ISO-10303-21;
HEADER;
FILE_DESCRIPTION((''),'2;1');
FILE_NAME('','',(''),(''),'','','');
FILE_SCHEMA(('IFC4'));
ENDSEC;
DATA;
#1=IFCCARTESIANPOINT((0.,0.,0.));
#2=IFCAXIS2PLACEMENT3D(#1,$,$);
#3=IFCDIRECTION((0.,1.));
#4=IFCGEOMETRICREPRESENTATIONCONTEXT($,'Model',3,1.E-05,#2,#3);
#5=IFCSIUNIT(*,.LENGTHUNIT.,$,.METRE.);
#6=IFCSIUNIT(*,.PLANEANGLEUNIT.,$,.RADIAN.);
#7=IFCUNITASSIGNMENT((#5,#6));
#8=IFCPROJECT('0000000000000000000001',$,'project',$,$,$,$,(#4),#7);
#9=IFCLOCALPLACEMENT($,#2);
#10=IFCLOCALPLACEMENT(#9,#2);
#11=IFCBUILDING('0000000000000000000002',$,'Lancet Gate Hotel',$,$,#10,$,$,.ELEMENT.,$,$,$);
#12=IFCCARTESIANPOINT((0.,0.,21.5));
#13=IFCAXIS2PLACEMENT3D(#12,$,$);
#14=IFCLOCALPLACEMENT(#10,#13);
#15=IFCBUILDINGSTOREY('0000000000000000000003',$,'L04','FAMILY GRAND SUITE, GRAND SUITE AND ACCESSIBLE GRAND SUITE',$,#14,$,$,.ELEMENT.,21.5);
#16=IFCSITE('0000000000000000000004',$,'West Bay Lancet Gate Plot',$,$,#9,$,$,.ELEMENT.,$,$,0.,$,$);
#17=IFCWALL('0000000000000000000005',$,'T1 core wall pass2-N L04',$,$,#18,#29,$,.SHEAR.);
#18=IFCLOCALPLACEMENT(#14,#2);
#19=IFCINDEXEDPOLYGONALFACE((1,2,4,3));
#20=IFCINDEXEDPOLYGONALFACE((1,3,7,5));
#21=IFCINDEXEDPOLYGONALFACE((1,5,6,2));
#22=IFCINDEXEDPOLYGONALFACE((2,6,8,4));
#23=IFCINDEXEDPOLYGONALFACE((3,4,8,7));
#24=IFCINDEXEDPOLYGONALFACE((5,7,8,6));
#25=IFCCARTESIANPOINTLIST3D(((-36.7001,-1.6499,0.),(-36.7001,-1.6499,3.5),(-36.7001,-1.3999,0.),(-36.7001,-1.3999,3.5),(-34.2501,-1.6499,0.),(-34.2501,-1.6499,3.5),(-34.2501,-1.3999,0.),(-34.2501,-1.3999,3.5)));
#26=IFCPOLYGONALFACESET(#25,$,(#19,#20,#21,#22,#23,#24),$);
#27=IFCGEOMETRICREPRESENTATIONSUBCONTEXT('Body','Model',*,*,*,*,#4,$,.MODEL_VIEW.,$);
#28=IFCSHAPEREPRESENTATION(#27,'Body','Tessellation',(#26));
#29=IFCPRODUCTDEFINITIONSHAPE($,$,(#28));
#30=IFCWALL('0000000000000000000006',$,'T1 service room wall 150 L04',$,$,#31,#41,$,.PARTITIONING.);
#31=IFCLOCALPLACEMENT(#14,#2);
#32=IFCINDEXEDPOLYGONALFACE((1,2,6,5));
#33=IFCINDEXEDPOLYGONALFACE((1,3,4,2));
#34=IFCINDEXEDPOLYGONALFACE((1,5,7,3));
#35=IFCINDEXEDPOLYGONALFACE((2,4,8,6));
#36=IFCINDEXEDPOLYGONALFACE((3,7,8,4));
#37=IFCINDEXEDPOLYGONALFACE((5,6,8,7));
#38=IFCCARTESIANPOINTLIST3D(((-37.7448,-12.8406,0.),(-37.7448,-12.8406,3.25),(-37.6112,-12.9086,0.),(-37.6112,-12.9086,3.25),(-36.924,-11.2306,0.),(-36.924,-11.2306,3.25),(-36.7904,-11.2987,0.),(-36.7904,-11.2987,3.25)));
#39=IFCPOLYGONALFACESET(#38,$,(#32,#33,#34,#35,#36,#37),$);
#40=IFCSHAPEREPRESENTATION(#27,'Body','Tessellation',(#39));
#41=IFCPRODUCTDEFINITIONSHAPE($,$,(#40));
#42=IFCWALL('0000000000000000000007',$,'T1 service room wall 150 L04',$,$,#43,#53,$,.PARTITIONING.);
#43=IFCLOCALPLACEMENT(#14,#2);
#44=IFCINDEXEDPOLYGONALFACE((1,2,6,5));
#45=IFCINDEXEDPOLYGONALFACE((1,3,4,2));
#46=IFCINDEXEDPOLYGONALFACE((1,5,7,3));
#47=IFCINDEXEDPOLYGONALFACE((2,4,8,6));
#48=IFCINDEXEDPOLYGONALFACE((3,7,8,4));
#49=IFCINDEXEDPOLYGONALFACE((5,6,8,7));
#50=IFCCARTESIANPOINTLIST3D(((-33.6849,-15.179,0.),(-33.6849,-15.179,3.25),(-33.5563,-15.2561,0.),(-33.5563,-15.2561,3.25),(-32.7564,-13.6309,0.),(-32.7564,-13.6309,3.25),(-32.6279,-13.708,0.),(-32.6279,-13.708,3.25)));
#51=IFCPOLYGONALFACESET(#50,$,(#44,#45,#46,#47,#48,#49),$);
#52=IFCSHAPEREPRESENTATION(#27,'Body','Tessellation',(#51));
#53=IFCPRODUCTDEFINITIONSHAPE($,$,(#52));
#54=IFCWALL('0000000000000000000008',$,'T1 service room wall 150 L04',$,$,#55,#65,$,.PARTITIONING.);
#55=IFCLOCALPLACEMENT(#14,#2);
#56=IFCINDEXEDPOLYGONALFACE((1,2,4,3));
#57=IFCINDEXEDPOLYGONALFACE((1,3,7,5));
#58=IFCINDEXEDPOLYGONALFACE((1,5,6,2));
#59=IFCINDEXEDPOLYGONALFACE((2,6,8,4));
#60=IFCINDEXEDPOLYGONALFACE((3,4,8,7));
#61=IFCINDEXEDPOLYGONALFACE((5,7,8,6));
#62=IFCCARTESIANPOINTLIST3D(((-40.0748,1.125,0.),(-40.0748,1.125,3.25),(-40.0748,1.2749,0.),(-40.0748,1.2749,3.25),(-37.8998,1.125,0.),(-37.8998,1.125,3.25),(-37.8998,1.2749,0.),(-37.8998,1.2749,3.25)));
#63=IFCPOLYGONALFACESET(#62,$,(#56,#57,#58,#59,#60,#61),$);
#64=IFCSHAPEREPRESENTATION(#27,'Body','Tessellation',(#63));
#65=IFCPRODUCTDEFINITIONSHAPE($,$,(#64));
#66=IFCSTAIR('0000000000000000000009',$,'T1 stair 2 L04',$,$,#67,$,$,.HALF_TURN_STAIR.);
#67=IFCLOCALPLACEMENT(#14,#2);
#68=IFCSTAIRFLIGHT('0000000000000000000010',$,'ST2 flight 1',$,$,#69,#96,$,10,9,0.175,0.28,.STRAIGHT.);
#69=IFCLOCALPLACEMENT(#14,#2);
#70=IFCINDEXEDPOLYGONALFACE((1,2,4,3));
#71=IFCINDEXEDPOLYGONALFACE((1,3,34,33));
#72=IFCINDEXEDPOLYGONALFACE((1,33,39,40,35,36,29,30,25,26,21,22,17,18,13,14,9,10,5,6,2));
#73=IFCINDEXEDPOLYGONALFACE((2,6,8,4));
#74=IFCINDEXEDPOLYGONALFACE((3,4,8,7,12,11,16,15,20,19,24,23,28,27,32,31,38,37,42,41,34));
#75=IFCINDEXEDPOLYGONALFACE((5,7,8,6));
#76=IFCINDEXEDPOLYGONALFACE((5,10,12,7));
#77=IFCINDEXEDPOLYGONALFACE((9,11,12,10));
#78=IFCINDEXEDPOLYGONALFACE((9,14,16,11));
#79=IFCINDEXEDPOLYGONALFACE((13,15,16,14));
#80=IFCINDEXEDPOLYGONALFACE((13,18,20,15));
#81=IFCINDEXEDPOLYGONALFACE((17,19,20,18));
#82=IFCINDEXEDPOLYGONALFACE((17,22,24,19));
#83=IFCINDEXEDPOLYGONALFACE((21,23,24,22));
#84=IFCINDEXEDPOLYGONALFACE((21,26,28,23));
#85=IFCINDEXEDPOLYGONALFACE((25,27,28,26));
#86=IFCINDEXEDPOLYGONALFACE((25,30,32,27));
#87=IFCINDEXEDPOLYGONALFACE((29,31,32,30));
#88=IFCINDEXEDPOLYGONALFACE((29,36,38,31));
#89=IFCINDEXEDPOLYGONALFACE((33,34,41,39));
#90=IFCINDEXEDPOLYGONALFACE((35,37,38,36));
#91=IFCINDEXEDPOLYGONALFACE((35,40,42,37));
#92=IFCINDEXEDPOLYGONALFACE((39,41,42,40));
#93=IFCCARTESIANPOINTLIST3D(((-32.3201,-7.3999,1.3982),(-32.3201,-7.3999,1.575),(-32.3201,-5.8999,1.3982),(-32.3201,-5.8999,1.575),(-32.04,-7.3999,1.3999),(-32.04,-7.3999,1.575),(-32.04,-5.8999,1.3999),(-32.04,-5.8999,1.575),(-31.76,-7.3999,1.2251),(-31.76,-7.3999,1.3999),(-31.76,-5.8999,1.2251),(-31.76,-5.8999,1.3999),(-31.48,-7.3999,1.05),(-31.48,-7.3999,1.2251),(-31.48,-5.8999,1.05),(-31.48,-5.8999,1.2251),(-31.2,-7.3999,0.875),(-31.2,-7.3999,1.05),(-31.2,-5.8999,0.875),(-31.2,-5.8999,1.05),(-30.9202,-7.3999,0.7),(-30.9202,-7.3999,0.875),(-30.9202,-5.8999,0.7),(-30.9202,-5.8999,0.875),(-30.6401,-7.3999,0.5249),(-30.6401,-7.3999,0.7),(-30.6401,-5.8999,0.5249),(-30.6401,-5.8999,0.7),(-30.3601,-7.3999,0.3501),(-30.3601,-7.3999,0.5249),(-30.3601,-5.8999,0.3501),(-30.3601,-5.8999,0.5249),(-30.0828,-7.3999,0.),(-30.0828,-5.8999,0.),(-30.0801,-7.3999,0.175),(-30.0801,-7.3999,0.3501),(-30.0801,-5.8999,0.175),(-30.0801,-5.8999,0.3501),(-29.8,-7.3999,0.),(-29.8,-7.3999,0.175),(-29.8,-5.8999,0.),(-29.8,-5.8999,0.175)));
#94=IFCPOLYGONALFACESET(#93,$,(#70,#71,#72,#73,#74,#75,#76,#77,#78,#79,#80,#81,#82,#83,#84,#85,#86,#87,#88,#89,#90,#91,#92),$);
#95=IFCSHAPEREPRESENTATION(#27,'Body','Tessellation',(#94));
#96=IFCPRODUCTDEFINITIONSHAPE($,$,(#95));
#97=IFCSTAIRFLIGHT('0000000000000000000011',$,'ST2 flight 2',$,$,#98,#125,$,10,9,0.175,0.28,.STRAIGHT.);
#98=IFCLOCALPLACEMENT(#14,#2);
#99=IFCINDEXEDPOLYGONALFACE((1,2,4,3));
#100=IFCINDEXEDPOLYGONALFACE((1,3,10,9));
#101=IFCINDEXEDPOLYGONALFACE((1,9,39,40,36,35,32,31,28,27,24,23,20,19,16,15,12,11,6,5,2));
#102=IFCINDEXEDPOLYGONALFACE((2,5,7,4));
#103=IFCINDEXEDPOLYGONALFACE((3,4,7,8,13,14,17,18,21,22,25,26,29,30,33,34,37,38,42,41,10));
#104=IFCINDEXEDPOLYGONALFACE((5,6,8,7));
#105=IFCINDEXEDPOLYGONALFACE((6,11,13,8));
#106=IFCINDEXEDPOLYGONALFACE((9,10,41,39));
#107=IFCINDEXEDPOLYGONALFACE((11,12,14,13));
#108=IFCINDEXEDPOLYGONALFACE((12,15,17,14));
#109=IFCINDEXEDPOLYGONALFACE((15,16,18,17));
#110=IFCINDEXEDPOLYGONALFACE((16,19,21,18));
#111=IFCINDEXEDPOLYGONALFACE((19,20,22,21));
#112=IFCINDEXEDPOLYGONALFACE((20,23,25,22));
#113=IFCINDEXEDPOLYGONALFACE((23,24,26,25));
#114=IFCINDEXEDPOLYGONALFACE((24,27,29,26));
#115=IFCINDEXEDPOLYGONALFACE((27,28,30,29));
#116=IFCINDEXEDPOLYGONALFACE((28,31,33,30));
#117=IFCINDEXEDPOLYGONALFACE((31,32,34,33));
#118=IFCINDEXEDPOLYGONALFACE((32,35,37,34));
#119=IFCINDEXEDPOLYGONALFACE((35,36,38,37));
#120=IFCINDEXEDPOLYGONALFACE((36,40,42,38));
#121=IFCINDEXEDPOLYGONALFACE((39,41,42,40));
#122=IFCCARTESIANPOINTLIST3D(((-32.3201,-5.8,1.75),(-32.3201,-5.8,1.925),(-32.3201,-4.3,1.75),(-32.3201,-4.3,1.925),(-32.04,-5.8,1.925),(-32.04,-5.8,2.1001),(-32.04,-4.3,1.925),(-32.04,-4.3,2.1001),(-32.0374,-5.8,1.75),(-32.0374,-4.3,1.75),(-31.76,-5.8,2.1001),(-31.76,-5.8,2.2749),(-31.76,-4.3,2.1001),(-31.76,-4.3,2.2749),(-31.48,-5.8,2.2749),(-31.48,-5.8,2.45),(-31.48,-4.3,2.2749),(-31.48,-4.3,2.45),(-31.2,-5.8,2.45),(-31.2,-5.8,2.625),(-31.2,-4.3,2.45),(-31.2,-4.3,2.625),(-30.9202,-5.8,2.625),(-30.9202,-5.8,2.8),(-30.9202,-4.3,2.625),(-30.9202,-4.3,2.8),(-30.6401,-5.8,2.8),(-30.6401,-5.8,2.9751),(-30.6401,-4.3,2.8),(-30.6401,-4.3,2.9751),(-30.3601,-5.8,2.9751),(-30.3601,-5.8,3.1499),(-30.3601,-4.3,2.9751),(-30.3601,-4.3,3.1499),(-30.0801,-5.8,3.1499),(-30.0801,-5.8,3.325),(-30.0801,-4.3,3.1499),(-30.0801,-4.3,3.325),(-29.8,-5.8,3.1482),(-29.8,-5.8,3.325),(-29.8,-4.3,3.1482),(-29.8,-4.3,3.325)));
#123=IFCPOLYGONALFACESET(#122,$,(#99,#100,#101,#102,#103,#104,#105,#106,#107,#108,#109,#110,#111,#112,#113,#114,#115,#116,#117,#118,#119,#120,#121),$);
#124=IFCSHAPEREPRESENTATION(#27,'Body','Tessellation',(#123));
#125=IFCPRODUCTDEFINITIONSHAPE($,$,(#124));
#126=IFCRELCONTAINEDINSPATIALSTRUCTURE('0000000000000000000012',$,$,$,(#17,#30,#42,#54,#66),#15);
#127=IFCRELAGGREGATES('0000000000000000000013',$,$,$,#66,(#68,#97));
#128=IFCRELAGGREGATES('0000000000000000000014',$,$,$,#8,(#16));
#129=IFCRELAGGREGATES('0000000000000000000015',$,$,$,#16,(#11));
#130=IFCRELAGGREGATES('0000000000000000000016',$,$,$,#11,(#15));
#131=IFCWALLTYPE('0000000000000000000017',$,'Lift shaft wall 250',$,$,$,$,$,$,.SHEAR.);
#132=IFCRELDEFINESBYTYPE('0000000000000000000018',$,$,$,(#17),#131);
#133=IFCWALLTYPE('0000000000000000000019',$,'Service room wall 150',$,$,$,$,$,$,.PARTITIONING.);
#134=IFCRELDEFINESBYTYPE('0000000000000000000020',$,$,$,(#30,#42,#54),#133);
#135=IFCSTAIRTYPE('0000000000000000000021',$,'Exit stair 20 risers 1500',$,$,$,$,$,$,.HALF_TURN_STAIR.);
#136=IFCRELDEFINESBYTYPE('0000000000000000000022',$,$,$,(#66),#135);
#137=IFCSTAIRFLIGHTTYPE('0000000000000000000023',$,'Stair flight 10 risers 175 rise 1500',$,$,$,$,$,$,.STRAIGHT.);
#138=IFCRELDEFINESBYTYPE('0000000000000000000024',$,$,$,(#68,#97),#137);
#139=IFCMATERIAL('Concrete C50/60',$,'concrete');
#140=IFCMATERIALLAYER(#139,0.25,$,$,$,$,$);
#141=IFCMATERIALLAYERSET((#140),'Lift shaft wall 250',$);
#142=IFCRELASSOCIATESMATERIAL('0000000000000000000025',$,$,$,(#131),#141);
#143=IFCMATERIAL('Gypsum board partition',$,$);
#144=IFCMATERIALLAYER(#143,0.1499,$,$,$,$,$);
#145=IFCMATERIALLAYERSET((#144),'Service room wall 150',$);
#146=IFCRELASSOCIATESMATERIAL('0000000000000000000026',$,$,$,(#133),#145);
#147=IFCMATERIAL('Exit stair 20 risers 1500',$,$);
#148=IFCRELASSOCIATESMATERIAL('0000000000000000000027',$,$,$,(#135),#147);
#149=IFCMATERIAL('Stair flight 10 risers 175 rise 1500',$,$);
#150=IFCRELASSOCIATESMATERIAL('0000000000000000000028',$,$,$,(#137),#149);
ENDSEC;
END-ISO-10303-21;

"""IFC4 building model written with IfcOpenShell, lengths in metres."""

from ifc_helpers import new_model, si_unit, direction, frame, frame_2d, origin, place, context, subcontext, project, spatial, polyline, rectangle, outline, extrude, material, layer, layer_set, type_object, element, aggregate, save


model = new_model("IFC4")

# Units and contexts
model_context = context("Model", 3, precision=1e-05, world=origin(), true_north=direction((0.0, 1.0)))
body_context = subcontext(model_context, "Body", "Model", "MODEL_VIEW")
ifc_project = project(units=[si_unit("LENGTHUNIT", "METRE"), si_unit("PLANEANGLEUNIT", "RADIAN")], contexts=[model_context])

# Site, building, storey
site_placement = place(None, origin())
site = spatial("IfcSite", under=ifc_project, at=site_placement, Name="West Bay Lancet Gate Plot", CompositionType="ELEMENT", RefElevation=0.0)
building_placement = place(site_placement, origin())
building = spatial("IfcBuilding", under=site, at=building_placement, Name="Lancet Gate Hotel", CompositionType="ELEMENT")
storey_placement = place(building_placement, frame((0.0, 0.0, 21.5)))
storey = spatial("IfcBuildingStorey", under=building, at=storey_placement, Name="L04", Description="FAMILY GRAND SUITE, GRAND SUITE AND ACCESSIBLE GRAND SUITE", CompositionType="ELEMENT", Elevation=21.5)

# Shared definitions
ifc_material_1 = material(Name="Concrete C50/60", Category="concrete")
ifc_layer_1 = layer(ifc_material_1, 0.25)
ifc_layer_set_1 = layer_set([ifc_layer_1], Name="Lift shaft wall 250")
wall_type_1 = type_object("IfcWallType", Name="Lift shaft wall 250", PredefinedType="SHEAR", material=ifc_layer_set_1)

# Walls
wall_1_placement = place(storey_placement, frame((-34.25, -1.5249, 0.0), z_axis=(0.0, 0.0, 1.0), x_axis=(-1.0, 0.0, 0.0)))
element("IfcWall", 1, at=wall_1_placement, inside=storey, type_object=wall_type_1, Name="T1 core wall pass2-N L04", PredefinedType="SHEAR", context=body_context, shape_type="SweptSolid", body=[
    extrude(rectangle(XDim=2.45, YDim=0.25, at=frame_2d((1.2251, 0.0))), origin(), (0.0, 0.0, 1.0), 3.5),
])
ifc_material_2 = material(Name="Gypsum board partition")
ifc_layer_2 = layer(ifc_material_2, 0.1499)
ifc_layer_set_2 = layer_set([ifc_layer_2], Name="Service room wall 150")
wall_type_2 = type_object("IfcWallType", Name="Service room wall 150", PredefinedType="PARTITIONING", material=ifc_layer_set_2)
wall_2_placement = place(storey_placement, frame((-36.8572, -11.2646, 0.0), z_axis=(0.0, 0.0, 1.0), x_axis=(-0.454225, -0.890887, 0.0)))
element("IfcWall", 2, at=wall_2_placement, inside=storey, type_object=wall_type_2, Name="T1 service room wall 150 L04", PredefinedType="PARTITIONING", context=body_context, shape_type="SweptSolid", body=[
    extrude(rectangle(XDim=1.8071, YDim=0.1499, at=frame_2d((0.9036, 0.0))), origin(), (0.0, 0.0, 1.0), 3.25),
])
wall_3_placement = place(storey_placement, frame((-33.6206, -15.2175, 0.0), z_axis=(0.0, 0.0, 1.0), x_axis=(0.514337, 0.857588, 0.0)))
element("IfcWall", 3, at=wall_3_placement, inside=storey, type_object=wall_type_2, Name="T1 service room wall 150 L04", PredefinedType="PARTITIONING", context=body_context, shape_type="SweptSolid", body=[
    extrude(rectangle(XDim=1.8052, YDim=0.1499, at=frame_2d((0.9026, 0.0))), origin(), (0.0, 0.0, 1.0), 3.25),
])
wall_4_placement = place(storey_placement, frame((-37.8999, 1.2, 0.0), z_axis=(0.0, 0.0, 1.0), x_axis=(-1.0, 0.0, 0.0)))
element("IfcWall", 4, at=wall_4_placement, inside=storey, type_object=wall_type_2, Name="T1 service room wall 150 L04", PredefinedType="PARTITIONING", context=body_context, shape_type="SweptSolid", body=[
    extrude(rectangle(XDim=2.175, YDim=0.1499, at=frame_2d((1.0874, 0.0))), origin(), (0.0, 0.0, 1.0), 3.25),
])

# Stair, stair flights
ifc_material_3 = material(Name="Exit stair 20 risers 1500")
stair_type = type_object("IfcStairType", Name="Exit stair 20 risers 1500", PredefinedType="HALF_TURN_STAIR", material=ifc_material_3)
stair_placement = place(storey_placement, origin())
stair = element("IfcStair", 5, at=stair_placement, inside=storey, type_object=stair_type, Name="T1 stair 2 L04", PredefinedType="HALF_TURN_STAIR")
ifc_material_4 = material(Name="Stair flight 10 risers 175 rise 1500")
stair_flight_type = type_object("IfcStairFlightType", Name="Stair flight 10 risers 175 rise 1500", PredefinedType="STRAIGHT", material=ifc_material_4)
stair_flight_1_placement = place(storey_placement, frame((-29.8, -6.6499, 0.0), z_axis=(0.0, 0.0, 1.0), x_axis=(-1.0, 0.0, 0.0)))
stair_flight_1 = element("IfcStairFlight", 6, at=stair_flight_1_placement, type_object=stair_flight_type, Name="ST2 flight 1", NumberOfRisers=10, NumberOfTreads=9, PredefinedType="STRAIGHT", RiserHeight=0.175, TreadLength=0.28, context=body_context, shape_type="SweptSolid", body=[
    extrude(outline(polyline([(0.0, 0.0), (0.0, 0.175), (0.28, 0.175), (0.28, 0.3501), (0.5601, 0.3501), (0.5601, 0.5249), (0.8401, 0.5249), (0.8401, 0.7), (1.1201, 0.7), (1.1201, 0.875), (1.3999, 0.875), (1.3999, 1.05), (1.6799, 1.05), (1.6799, 1.2251), (1.96, 1.2251), (1.96, 1.3999), (2.24, 1.3999), (2.24, 1.575), (2.52, 1.575), (2.52, 1.75), (2.52, 1.3982), (0.2827, 0.0), (0.0, 0.0)])), frame((0.0, 0.75, 0.0), z_axis=(0.0, -1.0, 0.0), x_axis=(1.0, 0.0, 0.0)), (0.0, 0.0, 1.0), 1.5),
])
stair_flight_2_placement = place(storey_placement, frame((-32.3201, -5.05, 1.75), z_axis=(0.0, 0.0, 1.0), x_axis=(1.0, 0.0, 0.0)))
stair_flight_2 = element("IfcStairFlight", 7, at=stair_flight_2_placement, type_object=stair_flight_type, Name="ST2 flight 2", NumberOfRisers=10, NumberOfTreads=9, PredefinedType="STRAIGHT", RiserHeight=0.175, TreadLength=0.28, context=body_context, shape_type="SweptSolid", body=[
    extrude(outline(polyline([(0.0, 0.0), (0.0, 0.175), (0.28, 0.175), (0.28, 0.3501), (0.5601, 0.3501), (0.5601, 0.5249), (0.8401, 0.5249), (0.8401, 0.7), (1.1201, 0.7), (1.1201, 0.875), (1.3999, 0.875), (1.3999, 1.05), (1.6799, 1.05), (1.6799, 1.2251), (1.96, 1.2251), (1.96, 1.3999), (2.24, 1.3999), (2.24, 1.575), (2.52, 1.575), (2.52, 1.75), (2.52, 1.3982), (0.2827, 0.0), (0.0, 0.0)])), frame((0.0, 0.75, 0.0), z_axis=(0.0, -1.0, 0.0), x_axis=(1.0, 0.0, 0.0)), (0.0, 0.0, 1.0), 1.5),
])
aggregate(stair, [stair_flight_1, stair_flight_2])

save(model, "model.ifc")
